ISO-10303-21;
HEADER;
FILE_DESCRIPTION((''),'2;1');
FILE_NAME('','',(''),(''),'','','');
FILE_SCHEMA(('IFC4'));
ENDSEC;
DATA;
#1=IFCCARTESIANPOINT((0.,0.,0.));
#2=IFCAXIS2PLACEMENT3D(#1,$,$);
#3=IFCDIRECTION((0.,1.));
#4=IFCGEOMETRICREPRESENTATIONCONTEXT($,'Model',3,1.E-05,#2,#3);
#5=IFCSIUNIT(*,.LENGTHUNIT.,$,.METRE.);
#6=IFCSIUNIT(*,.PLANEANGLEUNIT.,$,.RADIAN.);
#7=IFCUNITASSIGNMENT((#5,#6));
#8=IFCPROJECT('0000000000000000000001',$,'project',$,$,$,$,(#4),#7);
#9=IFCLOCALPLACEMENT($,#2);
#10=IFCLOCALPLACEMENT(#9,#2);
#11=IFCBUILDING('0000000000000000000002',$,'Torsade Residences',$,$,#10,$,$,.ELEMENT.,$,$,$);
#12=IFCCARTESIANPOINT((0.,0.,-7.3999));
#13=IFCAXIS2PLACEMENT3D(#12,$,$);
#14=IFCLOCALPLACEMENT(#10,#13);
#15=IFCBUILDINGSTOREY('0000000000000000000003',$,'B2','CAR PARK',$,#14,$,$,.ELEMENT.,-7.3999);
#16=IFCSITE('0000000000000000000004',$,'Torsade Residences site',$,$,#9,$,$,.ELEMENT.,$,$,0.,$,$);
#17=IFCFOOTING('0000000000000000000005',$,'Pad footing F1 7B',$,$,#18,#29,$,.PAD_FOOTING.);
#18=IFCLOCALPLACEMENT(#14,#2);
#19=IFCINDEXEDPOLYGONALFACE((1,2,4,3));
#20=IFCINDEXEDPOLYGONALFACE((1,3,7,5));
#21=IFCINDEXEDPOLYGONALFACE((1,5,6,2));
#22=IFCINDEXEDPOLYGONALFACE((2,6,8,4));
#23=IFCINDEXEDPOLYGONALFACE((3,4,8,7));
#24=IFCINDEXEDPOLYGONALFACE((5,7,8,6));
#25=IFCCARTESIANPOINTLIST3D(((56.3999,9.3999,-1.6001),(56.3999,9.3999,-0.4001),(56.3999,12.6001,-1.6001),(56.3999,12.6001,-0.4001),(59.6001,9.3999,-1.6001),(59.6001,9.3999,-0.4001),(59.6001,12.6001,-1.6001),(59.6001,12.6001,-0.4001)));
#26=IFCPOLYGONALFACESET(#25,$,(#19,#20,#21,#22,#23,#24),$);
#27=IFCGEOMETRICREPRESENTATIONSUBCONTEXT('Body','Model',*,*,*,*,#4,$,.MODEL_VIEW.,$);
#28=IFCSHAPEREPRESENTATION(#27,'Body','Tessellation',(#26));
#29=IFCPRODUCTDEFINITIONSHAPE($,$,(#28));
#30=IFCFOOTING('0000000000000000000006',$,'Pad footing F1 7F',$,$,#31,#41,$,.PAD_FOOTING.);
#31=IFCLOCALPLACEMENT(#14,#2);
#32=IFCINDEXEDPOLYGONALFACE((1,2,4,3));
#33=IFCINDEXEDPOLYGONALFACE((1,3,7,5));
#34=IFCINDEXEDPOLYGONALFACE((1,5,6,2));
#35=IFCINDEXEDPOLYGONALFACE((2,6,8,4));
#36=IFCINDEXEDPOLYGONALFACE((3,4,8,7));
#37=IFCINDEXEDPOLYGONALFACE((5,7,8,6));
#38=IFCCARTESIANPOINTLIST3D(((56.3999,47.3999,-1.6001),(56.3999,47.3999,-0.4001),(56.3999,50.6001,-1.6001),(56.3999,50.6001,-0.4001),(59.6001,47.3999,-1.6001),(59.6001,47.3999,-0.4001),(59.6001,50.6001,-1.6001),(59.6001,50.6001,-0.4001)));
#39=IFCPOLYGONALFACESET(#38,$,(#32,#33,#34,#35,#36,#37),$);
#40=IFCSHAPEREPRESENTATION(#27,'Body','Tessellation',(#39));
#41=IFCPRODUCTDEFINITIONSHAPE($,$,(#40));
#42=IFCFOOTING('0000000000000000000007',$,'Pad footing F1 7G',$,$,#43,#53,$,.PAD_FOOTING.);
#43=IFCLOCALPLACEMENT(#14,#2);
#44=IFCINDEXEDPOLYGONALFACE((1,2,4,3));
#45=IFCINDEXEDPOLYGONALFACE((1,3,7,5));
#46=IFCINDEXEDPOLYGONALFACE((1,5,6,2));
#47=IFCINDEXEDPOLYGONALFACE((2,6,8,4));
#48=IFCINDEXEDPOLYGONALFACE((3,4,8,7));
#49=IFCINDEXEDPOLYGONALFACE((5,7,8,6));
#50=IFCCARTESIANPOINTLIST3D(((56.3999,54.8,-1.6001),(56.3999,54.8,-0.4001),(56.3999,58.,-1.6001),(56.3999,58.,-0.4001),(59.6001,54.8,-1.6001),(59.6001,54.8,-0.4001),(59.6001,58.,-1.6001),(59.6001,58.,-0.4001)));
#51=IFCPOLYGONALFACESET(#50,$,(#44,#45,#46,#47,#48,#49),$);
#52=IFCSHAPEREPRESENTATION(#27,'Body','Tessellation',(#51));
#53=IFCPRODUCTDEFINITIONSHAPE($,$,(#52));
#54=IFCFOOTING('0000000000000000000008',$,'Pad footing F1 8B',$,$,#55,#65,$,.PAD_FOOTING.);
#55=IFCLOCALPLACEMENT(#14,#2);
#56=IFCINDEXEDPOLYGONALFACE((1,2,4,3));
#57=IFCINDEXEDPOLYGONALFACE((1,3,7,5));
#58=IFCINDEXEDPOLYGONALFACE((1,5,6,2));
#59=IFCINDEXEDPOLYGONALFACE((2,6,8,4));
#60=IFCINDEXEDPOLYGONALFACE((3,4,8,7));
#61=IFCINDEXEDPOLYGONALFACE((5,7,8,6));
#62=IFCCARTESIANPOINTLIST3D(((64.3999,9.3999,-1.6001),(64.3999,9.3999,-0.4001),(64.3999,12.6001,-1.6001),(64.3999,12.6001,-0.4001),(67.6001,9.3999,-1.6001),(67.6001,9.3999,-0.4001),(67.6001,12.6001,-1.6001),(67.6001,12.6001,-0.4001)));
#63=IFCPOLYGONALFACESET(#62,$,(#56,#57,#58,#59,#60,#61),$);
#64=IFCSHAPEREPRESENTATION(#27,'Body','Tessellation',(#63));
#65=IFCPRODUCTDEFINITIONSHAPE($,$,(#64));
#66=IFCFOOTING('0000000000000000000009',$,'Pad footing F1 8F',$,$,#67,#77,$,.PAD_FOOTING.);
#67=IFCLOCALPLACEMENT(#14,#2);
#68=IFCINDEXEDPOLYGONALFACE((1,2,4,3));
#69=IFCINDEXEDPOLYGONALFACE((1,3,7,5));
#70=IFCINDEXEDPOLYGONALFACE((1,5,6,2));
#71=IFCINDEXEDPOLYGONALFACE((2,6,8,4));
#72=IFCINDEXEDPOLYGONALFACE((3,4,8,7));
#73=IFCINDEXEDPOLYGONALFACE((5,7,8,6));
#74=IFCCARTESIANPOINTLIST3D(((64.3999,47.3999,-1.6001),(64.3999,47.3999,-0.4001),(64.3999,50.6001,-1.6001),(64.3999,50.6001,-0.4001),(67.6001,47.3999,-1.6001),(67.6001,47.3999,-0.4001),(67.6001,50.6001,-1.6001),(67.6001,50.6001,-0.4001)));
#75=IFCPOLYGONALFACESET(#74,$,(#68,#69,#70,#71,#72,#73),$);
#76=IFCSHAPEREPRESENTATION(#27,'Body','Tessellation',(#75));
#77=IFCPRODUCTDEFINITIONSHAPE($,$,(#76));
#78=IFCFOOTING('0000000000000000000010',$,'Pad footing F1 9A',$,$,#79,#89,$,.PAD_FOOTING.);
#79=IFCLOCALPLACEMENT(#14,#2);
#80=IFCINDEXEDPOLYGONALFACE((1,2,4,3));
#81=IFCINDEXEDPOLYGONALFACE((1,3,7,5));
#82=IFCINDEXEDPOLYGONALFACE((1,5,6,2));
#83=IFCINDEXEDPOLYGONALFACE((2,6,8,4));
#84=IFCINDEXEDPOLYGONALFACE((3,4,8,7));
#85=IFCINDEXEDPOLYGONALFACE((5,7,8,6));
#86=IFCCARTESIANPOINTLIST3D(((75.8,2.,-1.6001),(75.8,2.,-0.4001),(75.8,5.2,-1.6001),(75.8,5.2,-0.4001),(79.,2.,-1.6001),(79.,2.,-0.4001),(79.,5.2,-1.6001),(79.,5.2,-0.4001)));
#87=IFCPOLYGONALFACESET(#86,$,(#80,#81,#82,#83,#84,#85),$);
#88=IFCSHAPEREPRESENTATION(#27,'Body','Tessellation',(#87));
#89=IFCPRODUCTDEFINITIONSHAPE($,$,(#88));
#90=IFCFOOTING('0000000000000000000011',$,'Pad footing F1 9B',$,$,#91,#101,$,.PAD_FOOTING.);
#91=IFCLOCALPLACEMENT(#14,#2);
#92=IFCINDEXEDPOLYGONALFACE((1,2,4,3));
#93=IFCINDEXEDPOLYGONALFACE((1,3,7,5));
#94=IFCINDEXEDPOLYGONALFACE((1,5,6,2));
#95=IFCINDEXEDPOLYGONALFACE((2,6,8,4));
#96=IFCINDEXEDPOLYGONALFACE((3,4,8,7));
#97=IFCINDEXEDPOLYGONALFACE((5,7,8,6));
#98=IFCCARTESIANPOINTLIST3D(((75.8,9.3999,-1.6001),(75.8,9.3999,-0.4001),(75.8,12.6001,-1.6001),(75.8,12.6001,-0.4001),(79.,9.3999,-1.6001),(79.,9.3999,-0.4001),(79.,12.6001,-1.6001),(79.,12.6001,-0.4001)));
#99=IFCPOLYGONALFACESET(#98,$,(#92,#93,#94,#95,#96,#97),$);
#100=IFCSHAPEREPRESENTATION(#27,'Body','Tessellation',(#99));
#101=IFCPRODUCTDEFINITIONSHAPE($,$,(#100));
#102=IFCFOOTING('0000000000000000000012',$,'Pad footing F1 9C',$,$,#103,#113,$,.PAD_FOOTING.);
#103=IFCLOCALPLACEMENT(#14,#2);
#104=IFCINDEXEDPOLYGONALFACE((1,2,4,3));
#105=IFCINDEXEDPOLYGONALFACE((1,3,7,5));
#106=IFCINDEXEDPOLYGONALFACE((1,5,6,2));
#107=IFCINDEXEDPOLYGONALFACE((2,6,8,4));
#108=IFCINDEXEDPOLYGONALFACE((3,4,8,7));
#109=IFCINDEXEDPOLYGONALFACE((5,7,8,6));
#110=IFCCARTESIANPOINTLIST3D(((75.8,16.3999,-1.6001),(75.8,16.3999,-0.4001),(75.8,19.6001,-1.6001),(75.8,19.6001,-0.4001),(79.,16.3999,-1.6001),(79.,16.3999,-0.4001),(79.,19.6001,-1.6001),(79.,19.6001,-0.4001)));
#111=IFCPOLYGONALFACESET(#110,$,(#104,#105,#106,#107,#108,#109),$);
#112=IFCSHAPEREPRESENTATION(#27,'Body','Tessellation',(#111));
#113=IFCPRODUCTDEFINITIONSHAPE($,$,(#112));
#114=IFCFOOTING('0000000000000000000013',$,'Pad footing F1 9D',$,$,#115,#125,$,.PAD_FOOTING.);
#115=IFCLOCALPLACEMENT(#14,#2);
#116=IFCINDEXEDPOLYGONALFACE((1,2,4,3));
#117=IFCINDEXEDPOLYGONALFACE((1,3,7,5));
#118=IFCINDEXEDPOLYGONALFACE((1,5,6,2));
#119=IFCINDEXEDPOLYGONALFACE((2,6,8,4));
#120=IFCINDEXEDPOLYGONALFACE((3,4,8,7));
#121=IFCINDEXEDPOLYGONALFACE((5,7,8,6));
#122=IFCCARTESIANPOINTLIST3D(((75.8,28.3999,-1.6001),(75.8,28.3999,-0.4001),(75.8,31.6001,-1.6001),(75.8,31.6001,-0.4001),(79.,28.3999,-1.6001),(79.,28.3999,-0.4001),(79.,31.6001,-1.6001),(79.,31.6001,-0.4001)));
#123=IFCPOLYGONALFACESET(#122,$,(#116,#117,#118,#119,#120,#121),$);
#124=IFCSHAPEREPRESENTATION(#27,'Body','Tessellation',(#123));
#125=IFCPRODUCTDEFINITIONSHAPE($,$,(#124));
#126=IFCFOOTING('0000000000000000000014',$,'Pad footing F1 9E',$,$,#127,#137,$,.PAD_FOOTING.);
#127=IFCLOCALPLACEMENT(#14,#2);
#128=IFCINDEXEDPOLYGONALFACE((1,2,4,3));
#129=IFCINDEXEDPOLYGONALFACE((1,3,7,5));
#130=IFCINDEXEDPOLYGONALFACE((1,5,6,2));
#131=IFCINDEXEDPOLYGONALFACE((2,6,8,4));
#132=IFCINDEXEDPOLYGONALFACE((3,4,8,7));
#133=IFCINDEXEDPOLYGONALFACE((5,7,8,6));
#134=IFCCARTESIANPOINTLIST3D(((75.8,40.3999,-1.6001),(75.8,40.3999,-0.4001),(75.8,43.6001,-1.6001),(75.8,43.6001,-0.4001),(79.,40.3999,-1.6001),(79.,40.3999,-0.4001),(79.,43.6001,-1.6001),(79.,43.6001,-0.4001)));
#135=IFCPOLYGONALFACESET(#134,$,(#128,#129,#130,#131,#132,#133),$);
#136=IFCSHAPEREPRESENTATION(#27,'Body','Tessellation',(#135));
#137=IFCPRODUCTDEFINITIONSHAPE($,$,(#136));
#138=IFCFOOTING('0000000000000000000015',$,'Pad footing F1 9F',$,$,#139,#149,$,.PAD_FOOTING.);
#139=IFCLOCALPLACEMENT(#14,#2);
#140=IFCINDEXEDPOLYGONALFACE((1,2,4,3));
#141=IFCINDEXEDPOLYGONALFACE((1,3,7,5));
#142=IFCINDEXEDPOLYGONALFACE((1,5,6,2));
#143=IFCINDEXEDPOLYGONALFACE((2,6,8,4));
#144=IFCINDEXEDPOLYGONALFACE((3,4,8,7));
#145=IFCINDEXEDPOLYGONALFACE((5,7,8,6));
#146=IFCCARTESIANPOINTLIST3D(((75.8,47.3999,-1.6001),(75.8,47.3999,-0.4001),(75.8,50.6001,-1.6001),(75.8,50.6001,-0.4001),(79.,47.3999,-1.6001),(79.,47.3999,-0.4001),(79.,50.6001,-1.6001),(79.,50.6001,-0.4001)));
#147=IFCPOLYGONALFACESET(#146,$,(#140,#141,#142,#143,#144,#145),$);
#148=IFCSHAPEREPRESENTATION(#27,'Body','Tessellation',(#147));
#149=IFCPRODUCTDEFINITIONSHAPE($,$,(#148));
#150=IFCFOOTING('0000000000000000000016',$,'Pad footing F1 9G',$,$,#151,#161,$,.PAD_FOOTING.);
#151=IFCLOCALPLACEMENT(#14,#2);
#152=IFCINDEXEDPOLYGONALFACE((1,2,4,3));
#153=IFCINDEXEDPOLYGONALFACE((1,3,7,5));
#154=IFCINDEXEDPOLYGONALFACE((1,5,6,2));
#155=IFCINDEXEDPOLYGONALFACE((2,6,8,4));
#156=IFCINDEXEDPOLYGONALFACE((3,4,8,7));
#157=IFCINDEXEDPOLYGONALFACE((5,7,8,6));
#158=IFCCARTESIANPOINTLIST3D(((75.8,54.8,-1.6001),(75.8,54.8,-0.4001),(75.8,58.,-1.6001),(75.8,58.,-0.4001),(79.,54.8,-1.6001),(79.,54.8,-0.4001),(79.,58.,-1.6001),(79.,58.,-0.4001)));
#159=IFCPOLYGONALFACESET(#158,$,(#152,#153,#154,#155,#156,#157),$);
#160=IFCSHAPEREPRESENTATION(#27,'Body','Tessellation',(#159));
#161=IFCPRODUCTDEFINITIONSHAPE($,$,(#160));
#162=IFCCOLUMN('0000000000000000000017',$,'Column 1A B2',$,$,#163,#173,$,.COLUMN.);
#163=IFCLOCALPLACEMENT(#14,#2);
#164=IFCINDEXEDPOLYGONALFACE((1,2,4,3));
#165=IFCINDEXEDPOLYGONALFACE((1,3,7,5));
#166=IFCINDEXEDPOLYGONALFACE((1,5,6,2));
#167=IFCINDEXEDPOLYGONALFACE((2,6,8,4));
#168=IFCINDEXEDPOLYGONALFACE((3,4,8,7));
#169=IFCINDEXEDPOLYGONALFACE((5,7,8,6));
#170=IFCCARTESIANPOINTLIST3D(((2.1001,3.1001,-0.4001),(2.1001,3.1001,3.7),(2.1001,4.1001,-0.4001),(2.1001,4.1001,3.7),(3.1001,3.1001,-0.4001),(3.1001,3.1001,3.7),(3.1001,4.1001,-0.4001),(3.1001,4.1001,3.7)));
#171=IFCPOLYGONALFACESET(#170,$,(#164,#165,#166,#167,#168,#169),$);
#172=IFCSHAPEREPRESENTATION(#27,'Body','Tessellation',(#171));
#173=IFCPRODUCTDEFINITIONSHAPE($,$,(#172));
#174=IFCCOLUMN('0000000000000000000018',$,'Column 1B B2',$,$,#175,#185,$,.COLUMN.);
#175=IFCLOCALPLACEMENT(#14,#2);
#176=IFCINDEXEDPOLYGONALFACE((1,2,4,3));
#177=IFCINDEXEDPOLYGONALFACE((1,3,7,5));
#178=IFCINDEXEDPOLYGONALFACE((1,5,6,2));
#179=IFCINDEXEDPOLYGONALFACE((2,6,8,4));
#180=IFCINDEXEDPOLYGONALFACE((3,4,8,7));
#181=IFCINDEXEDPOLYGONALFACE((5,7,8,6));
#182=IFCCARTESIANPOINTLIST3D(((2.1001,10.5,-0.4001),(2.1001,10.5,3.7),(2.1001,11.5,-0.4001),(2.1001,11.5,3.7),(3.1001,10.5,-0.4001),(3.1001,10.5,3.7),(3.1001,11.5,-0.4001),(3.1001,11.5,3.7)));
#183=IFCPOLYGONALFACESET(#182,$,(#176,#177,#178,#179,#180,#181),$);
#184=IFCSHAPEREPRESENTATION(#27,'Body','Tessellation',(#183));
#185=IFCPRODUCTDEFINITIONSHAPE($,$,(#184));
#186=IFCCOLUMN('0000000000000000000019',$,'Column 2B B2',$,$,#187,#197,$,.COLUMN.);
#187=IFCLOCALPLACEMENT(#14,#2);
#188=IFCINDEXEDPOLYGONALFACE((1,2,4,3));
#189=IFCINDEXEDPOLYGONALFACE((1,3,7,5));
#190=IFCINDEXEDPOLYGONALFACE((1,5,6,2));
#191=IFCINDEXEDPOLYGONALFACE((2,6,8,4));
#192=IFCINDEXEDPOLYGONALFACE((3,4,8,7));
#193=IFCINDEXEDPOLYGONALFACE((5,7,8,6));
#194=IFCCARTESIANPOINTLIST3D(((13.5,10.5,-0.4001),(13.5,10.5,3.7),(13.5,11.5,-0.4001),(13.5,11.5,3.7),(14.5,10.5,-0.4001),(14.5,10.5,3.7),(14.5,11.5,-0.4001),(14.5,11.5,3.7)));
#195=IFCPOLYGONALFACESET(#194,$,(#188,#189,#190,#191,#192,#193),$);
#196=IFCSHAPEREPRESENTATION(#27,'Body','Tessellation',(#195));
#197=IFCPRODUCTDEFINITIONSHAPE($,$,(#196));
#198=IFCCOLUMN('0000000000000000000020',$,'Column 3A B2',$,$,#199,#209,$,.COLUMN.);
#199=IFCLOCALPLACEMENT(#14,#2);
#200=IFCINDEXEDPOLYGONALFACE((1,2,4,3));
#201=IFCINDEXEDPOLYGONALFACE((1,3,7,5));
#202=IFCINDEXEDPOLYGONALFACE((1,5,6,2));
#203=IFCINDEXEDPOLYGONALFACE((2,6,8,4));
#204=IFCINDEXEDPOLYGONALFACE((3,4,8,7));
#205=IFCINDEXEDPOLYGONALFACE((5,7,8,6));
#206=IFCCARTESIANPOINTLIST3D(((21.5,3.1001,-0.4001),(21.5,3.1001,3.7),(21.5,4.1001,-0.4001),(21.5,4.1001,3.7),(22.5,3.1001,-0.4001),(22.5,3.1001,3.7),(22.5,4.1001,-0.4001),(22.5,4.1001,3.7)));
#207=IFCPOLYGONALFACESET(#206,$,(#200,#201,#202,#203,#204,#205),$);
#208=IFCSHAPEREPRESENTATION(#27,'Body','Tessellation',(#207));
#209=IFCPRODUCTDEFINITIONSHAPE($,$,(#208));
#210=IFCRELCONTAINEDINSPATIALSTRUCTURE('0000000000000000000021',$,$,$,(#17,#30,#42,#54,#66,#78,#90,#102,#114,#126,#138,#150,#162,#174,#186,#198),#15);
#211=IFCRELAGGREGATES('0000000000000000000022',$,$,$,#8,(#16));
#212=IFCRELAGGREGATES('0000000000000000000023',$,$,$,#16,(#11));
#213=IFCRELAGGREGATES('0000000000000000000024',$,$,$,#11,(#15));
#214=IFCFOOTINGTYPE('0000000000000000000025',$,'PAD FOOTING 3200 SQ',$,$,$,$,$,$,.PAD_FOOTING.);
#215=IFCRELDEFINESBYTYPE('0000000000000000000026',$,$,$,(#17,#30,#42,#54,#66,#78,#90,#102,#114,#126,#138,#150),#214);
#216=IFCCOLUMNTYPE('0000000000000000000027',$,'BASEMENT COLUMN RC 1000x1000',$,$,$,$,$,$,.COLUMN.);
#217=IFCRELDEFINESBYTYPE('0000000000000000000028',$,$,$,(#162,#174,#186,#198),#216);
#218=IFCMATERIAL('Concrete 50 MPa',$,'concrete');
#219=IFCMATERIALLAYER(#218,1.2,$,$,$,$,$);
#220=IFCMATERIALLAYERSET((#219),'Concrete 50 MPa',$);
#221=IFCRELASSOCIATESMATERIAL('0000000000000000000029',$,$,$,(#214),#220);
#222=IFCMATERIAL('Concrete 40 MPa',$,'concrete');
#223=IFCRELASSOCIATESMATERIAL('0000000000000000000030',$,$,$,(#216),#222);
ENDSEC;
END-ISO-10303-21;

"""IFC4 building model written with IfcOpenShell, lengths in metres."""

from ifc_helpers import new_model, si_unit, direction, frame, origin, origin_2d, place, context, subcontext, project, spatial, polyline, rectangle, outline, extrude, material, layer, layer_set, material_profile, profile_set, type_object, element, save


model = new_model("IFC4")

# Units and contexts
model_context = context("Model", 3, precision=1e-05, world=origin(), true_north=direction((0.0, 1.0)))
body_context = subcontext(model_context, "Body", "Model", "MODEL_VIEW")
ifc_project = project(units=[si_unit("LENGTHUNIT", "METRE"), si_unit("PLANEANGLEUNIT", "RADIAN")], contexts=[model_context])

# Site, building, storey
site_placement = place(None, origin())
site = spatial("IfcSite", under=ifc_project, at=site_placement, Name="Torsade Residences site", CompositionType="ELEMENT", RefElevation=0.0)
building_placement = place(site_placement, origin())
building = spatial("IfcBuilding", under=site, at=building_placement, Name="Torsade Residences", CompositionType="ELEMENT")
storey_placement = place(building_placement, frame((0.0, 0.0, -7.3999)))
storey = spatial("IfcBuildingStorey", under=building, at=storey_placement, Name="B2", Description="CAR PARK", CompositionType="ELEMENT", Elevation=-7.3999)

# Footings
ifc_material_1 = material(Name="Concrete 50 MPa", Category="concrete")
ifc_layer_1 = layer(ifc_material_1, 1.2)
ifc_layer_set_1 = layer_set([ifc_layer_1], Name="Concrete 50 MPa")
footing_type = type_object("IfcFootingType", Name="PAD FOOTING 3200 SQ", PredefinedType="PAD_FOOTING", material=ifc_layer_set_1)
footing_1_placement = place(storey_placement, frame((0.0, 0.0, -1.6001)))
element("IfcFooting", 1, at=footing_1_placement, inside=storey, type_object=footing_type, Name="Pad footing F1 7B", PredefinedType="PAD_FOOTING", context=body_context, shape_type="SweptSolid", body=[
    extrude(outline(polyline([(56.3999, 9.3999), (59.6001, 9.3999), (59.6001, 12.6001), (56.3999, 12.6001), (56.3999, 9.3999)])), origin(), (0.0, 0.0, 1.0), 1.2),
])
footing_2_placement = place(storey_placement, frame((0.0, 0.0, -1.6001)))
element("IfcFooting", 2, at=footing_2_placement, inside=storey, type_object=footing_type, Name="Pad footing F1 7F", PredefinedType="PAD_FOOTING", context=body_context, shape_type="SweptSolid", body=[
    extrude(outline(polyline([(56.3999, 47.3999), (59.6001, 47.3999), (59.6001, 50.6001), (56.3999, 50.6001), (56.3999, 47.3999)])), origin(), (0.0, 0.0, 1.0), 1.2),
])
footing_3_placement = place(storey_placement, frame((0.0, 0.0, -1.6001)))
element("IfcFooting", 3, at=footing_3_placement, inside=storey, type_object=footing_type, Name="Pad footing F1 7G", PredefinedType="PAD_FOOTING", context=body_context, shape_type="SweptSolid", body=[
    extrude(outline(polyline([(56.3999, 54.8), (59.6001, 54.8), (59.6001, 58.0), (56.3999, 58.0), (56.3999, 54.8)])), origin(), (0.0, 0.0, 1.0), 1.2),
])
footing_4_placement = place(storey_placement, frame((0.0, 0.0, -1.6001)))
element("IfcFooting", 4, at=footing_4_placement, inside=storey, type_object=footing_type, Name="Pad footing F1 8B", PredefinedType="PAD_FOOTING", context=body_context, shape_type="SweptSolid", body=[
    extrude(outline(polyline([(64.3999, 9.3999), (67.6001, 9.3999), (67.6001, 12.6001), (64.3999, 12.6001), (64.3999, 9.3999)])), origin(), (0.0, 0.0, 1.0), 1.2),
])
footing_5_placement = place(storey_placement, frame((0.0, 0.0, -1.6001)))
element("IfcFooting", 5, at=footing_5_placement, inside=storey, type_object=footing_type, Name="Pad footing F1 8F", PredefinedType="PAD_FOOTING", context=body_context, shape_type="SweptSolid", body=[
    extrude(outline(polyline([(64.3999, 47.3999), (67.6001, 47.3999), (67.6001, 50.6001), (64.3999, 50.6001), (64.3999, 47.3999)])), origin(), (0.0, 0.0, 1.0), 1.2),
])
footing_6_placement = place(storey_placement, frame((0.0, 0.0, -1.6001)))
element("IfcFooting", 6, at=footing_6_placement, inside=storey, type_object=footing_type, Name="Pad footing F1 9A", PredefinedType="PAD_FOOTING", context=body_context, shape_type="SweptSolid", body=[
    extrude(outline(polyline([(75.8, 2.0), (79.0, 2.0), (79.0, 5.2), (75.8, 5.2), (75.8, 2.0)])), origin(), (0.0, 0.0, 1.0), 1.2),
])
footing_7_placement = place(storey_placement, frame((0.0, 0.0, -1.6001)))
element("IfcFooting", 7, at=footing_7_placement, inside=storey, type_object=footing_type, Name="Pad footing F1 9B", PredefinedType="PAD_FOOTING", context=body_context, shape_type="SweptSolid", body=[
    extrude(outline(polyline([(75.8, 9.3999), (79.0, 9.3999), (79.0, 12.6001), (75.8, 12.6001), (75.8, 9.3999)])), origin(), (0.0, 0.0, 1.0), 1.2),
])
footing_8_placement = place(storey_placement, frame((0.0, 0.0, -1.6001)))
element("IfcFooting", 8, at=footing_8_placement, inside=storey, type_object=footing_type, Name="Pad footing F1 9C", PredefinedType="PAD_FOOTING", context=body_context, shape_type="SweptSolid", body=[
    extrude(outline(polyline([(75.8, 16.3999), (79.0, 16.3999), (79.0, 19.6001), (75.8, 19.6001), (75.8, 16.3999)])), origin(), (0.0, 0.0, 1.0), 1.2),
])
footing_9_placement = place(storey_placement, frame((0.0, 0.0, -1.6001)))
element("IfcFooting", 9, at=footing_9_placement, inside=storey, type_object=footing_type, Name="Pad footing F1 9D", PredefinedType="PAD_FOOTING", context=body_context, shape_type="SweptSolid", body=[
    extrude(outline(polyline([(75.8, 28.3999), (79.0, 28.3999), (79.0, 31.6001), (75.8, 31.6001), (75.8, 28.3999)])), origin(), (0.0, 0.0, 1.0), 1.2),
])
footing_10_placement = place(storey_placement, frame((0.0, 0.0, -1.6001)))
element("IfcFooting", 10, at=footing_10_placement, inside=storey, type_object=footing_type, Name="Pad footing F1 9E", PredefinedType="PAD_FOOTING", context=body_context, shape_type="SweptSolid", body=[
    extrude(outline(polyline([(75.8, 40.3999), (79.0, 40.3999), (79.0, 43.6001), (75.8, 43.6001), (75.8, 40.3999)])), origin(), (0.0, 0.0, 1.0), 1.2),
])
footing_11_placement = place(storey_placement, frame((0.0, 0.0, -1.6001)))
element("IfcFooting", 11, at=footing_11_placement, inside=storey, type_object=footing_type, Name="Pad footing F1 9F", PredefinedType="PAD_FOOTING", context=body_context, shape_type="SweptSolid", body=[
    extrude(outline(polyline([(75.8, 47.3999), (79.0, 47.3999), (79.0, 50.6001), (75.8, 50.6001), (75.8, 47.3999)])), origin(), (0.0, 0.0, 1.0), 1.2),
])
footing_12_placement = place(storey_placement, frame((0.0, 0.0, -1.6001)))
element("IfcFooting", 12, at=footing_12_placement, inside=storey, type_object=footing_type, Name="Pad footing F1 9G", PredefinedType="PAD_FOOTING", context=body_context, shape_type="SweptSolid", body=[
    extrude(outline(polyline([(75.8, 54.8), (79.0, 54.8), (79.0, 58.0), (75.8, 58.0), (75.8, 54.8)])), origin(), (0.0, 0.0, 1.0), 1.2),
])

# Columns
ifc_material_2 = material(Name="Concrete 40 MPa", Category="concrete")
ifc_material_profile_1 = material_profile(ifc_material_2, rectangle(XDim=1.0, YDim=1.0, at=origin_2d()), Name="RC 1000x1000")
ifc_profile_set_1 = profile_set([ifc_material_profile_1], Name="Concrete 40 MPa")
column_type_1 = type_object("IfcColumnType", Name="BASEMENT COLUMN RC 1000x1000", PredefinedType="COLUMN", material=ifc_profile_set_1)
for number, where, z_axis, x_axis, name in (
    (13, (2.6001, 3.6001, -0.4001), (0.0, 0.0, 1.0), (1.0, 0.0, 0.0), "Column 1A B2"),
    (14, (2.6001, 11.0, -0.4001), (0.0, 0.0, 1.0), (1.0, 0.0, 0.0), "Column 1B B2"),
    (15, (14.0, 11.0, -0.4001), (0.0, 0.0, 1.0), (1.0, 0.0, 0.0), "Column 2B B2"),
    (16, (22.0, 3.6001, -0.4001), (0.0, 0.0, 1.0), (1.0, 0.0, 0.0), "Column 3A B2"),
):
    element("IfcColumn", number, at=place(storey_placement, frame(where, z_axis=z_axis, x_axis=x_axis)), inside=storey, type_object=column_type_1, Name=name, PredefinedType="COLUMN", context=body_context, shape_type="SweptSolid", body=[
        extrude(rectangle(XDim=1.0, YDim=1.0, at=origin_2d()), origin(), (0.0, 0.0, 1.0), 4.1001),
    ])

save(model, "model.ifc")
